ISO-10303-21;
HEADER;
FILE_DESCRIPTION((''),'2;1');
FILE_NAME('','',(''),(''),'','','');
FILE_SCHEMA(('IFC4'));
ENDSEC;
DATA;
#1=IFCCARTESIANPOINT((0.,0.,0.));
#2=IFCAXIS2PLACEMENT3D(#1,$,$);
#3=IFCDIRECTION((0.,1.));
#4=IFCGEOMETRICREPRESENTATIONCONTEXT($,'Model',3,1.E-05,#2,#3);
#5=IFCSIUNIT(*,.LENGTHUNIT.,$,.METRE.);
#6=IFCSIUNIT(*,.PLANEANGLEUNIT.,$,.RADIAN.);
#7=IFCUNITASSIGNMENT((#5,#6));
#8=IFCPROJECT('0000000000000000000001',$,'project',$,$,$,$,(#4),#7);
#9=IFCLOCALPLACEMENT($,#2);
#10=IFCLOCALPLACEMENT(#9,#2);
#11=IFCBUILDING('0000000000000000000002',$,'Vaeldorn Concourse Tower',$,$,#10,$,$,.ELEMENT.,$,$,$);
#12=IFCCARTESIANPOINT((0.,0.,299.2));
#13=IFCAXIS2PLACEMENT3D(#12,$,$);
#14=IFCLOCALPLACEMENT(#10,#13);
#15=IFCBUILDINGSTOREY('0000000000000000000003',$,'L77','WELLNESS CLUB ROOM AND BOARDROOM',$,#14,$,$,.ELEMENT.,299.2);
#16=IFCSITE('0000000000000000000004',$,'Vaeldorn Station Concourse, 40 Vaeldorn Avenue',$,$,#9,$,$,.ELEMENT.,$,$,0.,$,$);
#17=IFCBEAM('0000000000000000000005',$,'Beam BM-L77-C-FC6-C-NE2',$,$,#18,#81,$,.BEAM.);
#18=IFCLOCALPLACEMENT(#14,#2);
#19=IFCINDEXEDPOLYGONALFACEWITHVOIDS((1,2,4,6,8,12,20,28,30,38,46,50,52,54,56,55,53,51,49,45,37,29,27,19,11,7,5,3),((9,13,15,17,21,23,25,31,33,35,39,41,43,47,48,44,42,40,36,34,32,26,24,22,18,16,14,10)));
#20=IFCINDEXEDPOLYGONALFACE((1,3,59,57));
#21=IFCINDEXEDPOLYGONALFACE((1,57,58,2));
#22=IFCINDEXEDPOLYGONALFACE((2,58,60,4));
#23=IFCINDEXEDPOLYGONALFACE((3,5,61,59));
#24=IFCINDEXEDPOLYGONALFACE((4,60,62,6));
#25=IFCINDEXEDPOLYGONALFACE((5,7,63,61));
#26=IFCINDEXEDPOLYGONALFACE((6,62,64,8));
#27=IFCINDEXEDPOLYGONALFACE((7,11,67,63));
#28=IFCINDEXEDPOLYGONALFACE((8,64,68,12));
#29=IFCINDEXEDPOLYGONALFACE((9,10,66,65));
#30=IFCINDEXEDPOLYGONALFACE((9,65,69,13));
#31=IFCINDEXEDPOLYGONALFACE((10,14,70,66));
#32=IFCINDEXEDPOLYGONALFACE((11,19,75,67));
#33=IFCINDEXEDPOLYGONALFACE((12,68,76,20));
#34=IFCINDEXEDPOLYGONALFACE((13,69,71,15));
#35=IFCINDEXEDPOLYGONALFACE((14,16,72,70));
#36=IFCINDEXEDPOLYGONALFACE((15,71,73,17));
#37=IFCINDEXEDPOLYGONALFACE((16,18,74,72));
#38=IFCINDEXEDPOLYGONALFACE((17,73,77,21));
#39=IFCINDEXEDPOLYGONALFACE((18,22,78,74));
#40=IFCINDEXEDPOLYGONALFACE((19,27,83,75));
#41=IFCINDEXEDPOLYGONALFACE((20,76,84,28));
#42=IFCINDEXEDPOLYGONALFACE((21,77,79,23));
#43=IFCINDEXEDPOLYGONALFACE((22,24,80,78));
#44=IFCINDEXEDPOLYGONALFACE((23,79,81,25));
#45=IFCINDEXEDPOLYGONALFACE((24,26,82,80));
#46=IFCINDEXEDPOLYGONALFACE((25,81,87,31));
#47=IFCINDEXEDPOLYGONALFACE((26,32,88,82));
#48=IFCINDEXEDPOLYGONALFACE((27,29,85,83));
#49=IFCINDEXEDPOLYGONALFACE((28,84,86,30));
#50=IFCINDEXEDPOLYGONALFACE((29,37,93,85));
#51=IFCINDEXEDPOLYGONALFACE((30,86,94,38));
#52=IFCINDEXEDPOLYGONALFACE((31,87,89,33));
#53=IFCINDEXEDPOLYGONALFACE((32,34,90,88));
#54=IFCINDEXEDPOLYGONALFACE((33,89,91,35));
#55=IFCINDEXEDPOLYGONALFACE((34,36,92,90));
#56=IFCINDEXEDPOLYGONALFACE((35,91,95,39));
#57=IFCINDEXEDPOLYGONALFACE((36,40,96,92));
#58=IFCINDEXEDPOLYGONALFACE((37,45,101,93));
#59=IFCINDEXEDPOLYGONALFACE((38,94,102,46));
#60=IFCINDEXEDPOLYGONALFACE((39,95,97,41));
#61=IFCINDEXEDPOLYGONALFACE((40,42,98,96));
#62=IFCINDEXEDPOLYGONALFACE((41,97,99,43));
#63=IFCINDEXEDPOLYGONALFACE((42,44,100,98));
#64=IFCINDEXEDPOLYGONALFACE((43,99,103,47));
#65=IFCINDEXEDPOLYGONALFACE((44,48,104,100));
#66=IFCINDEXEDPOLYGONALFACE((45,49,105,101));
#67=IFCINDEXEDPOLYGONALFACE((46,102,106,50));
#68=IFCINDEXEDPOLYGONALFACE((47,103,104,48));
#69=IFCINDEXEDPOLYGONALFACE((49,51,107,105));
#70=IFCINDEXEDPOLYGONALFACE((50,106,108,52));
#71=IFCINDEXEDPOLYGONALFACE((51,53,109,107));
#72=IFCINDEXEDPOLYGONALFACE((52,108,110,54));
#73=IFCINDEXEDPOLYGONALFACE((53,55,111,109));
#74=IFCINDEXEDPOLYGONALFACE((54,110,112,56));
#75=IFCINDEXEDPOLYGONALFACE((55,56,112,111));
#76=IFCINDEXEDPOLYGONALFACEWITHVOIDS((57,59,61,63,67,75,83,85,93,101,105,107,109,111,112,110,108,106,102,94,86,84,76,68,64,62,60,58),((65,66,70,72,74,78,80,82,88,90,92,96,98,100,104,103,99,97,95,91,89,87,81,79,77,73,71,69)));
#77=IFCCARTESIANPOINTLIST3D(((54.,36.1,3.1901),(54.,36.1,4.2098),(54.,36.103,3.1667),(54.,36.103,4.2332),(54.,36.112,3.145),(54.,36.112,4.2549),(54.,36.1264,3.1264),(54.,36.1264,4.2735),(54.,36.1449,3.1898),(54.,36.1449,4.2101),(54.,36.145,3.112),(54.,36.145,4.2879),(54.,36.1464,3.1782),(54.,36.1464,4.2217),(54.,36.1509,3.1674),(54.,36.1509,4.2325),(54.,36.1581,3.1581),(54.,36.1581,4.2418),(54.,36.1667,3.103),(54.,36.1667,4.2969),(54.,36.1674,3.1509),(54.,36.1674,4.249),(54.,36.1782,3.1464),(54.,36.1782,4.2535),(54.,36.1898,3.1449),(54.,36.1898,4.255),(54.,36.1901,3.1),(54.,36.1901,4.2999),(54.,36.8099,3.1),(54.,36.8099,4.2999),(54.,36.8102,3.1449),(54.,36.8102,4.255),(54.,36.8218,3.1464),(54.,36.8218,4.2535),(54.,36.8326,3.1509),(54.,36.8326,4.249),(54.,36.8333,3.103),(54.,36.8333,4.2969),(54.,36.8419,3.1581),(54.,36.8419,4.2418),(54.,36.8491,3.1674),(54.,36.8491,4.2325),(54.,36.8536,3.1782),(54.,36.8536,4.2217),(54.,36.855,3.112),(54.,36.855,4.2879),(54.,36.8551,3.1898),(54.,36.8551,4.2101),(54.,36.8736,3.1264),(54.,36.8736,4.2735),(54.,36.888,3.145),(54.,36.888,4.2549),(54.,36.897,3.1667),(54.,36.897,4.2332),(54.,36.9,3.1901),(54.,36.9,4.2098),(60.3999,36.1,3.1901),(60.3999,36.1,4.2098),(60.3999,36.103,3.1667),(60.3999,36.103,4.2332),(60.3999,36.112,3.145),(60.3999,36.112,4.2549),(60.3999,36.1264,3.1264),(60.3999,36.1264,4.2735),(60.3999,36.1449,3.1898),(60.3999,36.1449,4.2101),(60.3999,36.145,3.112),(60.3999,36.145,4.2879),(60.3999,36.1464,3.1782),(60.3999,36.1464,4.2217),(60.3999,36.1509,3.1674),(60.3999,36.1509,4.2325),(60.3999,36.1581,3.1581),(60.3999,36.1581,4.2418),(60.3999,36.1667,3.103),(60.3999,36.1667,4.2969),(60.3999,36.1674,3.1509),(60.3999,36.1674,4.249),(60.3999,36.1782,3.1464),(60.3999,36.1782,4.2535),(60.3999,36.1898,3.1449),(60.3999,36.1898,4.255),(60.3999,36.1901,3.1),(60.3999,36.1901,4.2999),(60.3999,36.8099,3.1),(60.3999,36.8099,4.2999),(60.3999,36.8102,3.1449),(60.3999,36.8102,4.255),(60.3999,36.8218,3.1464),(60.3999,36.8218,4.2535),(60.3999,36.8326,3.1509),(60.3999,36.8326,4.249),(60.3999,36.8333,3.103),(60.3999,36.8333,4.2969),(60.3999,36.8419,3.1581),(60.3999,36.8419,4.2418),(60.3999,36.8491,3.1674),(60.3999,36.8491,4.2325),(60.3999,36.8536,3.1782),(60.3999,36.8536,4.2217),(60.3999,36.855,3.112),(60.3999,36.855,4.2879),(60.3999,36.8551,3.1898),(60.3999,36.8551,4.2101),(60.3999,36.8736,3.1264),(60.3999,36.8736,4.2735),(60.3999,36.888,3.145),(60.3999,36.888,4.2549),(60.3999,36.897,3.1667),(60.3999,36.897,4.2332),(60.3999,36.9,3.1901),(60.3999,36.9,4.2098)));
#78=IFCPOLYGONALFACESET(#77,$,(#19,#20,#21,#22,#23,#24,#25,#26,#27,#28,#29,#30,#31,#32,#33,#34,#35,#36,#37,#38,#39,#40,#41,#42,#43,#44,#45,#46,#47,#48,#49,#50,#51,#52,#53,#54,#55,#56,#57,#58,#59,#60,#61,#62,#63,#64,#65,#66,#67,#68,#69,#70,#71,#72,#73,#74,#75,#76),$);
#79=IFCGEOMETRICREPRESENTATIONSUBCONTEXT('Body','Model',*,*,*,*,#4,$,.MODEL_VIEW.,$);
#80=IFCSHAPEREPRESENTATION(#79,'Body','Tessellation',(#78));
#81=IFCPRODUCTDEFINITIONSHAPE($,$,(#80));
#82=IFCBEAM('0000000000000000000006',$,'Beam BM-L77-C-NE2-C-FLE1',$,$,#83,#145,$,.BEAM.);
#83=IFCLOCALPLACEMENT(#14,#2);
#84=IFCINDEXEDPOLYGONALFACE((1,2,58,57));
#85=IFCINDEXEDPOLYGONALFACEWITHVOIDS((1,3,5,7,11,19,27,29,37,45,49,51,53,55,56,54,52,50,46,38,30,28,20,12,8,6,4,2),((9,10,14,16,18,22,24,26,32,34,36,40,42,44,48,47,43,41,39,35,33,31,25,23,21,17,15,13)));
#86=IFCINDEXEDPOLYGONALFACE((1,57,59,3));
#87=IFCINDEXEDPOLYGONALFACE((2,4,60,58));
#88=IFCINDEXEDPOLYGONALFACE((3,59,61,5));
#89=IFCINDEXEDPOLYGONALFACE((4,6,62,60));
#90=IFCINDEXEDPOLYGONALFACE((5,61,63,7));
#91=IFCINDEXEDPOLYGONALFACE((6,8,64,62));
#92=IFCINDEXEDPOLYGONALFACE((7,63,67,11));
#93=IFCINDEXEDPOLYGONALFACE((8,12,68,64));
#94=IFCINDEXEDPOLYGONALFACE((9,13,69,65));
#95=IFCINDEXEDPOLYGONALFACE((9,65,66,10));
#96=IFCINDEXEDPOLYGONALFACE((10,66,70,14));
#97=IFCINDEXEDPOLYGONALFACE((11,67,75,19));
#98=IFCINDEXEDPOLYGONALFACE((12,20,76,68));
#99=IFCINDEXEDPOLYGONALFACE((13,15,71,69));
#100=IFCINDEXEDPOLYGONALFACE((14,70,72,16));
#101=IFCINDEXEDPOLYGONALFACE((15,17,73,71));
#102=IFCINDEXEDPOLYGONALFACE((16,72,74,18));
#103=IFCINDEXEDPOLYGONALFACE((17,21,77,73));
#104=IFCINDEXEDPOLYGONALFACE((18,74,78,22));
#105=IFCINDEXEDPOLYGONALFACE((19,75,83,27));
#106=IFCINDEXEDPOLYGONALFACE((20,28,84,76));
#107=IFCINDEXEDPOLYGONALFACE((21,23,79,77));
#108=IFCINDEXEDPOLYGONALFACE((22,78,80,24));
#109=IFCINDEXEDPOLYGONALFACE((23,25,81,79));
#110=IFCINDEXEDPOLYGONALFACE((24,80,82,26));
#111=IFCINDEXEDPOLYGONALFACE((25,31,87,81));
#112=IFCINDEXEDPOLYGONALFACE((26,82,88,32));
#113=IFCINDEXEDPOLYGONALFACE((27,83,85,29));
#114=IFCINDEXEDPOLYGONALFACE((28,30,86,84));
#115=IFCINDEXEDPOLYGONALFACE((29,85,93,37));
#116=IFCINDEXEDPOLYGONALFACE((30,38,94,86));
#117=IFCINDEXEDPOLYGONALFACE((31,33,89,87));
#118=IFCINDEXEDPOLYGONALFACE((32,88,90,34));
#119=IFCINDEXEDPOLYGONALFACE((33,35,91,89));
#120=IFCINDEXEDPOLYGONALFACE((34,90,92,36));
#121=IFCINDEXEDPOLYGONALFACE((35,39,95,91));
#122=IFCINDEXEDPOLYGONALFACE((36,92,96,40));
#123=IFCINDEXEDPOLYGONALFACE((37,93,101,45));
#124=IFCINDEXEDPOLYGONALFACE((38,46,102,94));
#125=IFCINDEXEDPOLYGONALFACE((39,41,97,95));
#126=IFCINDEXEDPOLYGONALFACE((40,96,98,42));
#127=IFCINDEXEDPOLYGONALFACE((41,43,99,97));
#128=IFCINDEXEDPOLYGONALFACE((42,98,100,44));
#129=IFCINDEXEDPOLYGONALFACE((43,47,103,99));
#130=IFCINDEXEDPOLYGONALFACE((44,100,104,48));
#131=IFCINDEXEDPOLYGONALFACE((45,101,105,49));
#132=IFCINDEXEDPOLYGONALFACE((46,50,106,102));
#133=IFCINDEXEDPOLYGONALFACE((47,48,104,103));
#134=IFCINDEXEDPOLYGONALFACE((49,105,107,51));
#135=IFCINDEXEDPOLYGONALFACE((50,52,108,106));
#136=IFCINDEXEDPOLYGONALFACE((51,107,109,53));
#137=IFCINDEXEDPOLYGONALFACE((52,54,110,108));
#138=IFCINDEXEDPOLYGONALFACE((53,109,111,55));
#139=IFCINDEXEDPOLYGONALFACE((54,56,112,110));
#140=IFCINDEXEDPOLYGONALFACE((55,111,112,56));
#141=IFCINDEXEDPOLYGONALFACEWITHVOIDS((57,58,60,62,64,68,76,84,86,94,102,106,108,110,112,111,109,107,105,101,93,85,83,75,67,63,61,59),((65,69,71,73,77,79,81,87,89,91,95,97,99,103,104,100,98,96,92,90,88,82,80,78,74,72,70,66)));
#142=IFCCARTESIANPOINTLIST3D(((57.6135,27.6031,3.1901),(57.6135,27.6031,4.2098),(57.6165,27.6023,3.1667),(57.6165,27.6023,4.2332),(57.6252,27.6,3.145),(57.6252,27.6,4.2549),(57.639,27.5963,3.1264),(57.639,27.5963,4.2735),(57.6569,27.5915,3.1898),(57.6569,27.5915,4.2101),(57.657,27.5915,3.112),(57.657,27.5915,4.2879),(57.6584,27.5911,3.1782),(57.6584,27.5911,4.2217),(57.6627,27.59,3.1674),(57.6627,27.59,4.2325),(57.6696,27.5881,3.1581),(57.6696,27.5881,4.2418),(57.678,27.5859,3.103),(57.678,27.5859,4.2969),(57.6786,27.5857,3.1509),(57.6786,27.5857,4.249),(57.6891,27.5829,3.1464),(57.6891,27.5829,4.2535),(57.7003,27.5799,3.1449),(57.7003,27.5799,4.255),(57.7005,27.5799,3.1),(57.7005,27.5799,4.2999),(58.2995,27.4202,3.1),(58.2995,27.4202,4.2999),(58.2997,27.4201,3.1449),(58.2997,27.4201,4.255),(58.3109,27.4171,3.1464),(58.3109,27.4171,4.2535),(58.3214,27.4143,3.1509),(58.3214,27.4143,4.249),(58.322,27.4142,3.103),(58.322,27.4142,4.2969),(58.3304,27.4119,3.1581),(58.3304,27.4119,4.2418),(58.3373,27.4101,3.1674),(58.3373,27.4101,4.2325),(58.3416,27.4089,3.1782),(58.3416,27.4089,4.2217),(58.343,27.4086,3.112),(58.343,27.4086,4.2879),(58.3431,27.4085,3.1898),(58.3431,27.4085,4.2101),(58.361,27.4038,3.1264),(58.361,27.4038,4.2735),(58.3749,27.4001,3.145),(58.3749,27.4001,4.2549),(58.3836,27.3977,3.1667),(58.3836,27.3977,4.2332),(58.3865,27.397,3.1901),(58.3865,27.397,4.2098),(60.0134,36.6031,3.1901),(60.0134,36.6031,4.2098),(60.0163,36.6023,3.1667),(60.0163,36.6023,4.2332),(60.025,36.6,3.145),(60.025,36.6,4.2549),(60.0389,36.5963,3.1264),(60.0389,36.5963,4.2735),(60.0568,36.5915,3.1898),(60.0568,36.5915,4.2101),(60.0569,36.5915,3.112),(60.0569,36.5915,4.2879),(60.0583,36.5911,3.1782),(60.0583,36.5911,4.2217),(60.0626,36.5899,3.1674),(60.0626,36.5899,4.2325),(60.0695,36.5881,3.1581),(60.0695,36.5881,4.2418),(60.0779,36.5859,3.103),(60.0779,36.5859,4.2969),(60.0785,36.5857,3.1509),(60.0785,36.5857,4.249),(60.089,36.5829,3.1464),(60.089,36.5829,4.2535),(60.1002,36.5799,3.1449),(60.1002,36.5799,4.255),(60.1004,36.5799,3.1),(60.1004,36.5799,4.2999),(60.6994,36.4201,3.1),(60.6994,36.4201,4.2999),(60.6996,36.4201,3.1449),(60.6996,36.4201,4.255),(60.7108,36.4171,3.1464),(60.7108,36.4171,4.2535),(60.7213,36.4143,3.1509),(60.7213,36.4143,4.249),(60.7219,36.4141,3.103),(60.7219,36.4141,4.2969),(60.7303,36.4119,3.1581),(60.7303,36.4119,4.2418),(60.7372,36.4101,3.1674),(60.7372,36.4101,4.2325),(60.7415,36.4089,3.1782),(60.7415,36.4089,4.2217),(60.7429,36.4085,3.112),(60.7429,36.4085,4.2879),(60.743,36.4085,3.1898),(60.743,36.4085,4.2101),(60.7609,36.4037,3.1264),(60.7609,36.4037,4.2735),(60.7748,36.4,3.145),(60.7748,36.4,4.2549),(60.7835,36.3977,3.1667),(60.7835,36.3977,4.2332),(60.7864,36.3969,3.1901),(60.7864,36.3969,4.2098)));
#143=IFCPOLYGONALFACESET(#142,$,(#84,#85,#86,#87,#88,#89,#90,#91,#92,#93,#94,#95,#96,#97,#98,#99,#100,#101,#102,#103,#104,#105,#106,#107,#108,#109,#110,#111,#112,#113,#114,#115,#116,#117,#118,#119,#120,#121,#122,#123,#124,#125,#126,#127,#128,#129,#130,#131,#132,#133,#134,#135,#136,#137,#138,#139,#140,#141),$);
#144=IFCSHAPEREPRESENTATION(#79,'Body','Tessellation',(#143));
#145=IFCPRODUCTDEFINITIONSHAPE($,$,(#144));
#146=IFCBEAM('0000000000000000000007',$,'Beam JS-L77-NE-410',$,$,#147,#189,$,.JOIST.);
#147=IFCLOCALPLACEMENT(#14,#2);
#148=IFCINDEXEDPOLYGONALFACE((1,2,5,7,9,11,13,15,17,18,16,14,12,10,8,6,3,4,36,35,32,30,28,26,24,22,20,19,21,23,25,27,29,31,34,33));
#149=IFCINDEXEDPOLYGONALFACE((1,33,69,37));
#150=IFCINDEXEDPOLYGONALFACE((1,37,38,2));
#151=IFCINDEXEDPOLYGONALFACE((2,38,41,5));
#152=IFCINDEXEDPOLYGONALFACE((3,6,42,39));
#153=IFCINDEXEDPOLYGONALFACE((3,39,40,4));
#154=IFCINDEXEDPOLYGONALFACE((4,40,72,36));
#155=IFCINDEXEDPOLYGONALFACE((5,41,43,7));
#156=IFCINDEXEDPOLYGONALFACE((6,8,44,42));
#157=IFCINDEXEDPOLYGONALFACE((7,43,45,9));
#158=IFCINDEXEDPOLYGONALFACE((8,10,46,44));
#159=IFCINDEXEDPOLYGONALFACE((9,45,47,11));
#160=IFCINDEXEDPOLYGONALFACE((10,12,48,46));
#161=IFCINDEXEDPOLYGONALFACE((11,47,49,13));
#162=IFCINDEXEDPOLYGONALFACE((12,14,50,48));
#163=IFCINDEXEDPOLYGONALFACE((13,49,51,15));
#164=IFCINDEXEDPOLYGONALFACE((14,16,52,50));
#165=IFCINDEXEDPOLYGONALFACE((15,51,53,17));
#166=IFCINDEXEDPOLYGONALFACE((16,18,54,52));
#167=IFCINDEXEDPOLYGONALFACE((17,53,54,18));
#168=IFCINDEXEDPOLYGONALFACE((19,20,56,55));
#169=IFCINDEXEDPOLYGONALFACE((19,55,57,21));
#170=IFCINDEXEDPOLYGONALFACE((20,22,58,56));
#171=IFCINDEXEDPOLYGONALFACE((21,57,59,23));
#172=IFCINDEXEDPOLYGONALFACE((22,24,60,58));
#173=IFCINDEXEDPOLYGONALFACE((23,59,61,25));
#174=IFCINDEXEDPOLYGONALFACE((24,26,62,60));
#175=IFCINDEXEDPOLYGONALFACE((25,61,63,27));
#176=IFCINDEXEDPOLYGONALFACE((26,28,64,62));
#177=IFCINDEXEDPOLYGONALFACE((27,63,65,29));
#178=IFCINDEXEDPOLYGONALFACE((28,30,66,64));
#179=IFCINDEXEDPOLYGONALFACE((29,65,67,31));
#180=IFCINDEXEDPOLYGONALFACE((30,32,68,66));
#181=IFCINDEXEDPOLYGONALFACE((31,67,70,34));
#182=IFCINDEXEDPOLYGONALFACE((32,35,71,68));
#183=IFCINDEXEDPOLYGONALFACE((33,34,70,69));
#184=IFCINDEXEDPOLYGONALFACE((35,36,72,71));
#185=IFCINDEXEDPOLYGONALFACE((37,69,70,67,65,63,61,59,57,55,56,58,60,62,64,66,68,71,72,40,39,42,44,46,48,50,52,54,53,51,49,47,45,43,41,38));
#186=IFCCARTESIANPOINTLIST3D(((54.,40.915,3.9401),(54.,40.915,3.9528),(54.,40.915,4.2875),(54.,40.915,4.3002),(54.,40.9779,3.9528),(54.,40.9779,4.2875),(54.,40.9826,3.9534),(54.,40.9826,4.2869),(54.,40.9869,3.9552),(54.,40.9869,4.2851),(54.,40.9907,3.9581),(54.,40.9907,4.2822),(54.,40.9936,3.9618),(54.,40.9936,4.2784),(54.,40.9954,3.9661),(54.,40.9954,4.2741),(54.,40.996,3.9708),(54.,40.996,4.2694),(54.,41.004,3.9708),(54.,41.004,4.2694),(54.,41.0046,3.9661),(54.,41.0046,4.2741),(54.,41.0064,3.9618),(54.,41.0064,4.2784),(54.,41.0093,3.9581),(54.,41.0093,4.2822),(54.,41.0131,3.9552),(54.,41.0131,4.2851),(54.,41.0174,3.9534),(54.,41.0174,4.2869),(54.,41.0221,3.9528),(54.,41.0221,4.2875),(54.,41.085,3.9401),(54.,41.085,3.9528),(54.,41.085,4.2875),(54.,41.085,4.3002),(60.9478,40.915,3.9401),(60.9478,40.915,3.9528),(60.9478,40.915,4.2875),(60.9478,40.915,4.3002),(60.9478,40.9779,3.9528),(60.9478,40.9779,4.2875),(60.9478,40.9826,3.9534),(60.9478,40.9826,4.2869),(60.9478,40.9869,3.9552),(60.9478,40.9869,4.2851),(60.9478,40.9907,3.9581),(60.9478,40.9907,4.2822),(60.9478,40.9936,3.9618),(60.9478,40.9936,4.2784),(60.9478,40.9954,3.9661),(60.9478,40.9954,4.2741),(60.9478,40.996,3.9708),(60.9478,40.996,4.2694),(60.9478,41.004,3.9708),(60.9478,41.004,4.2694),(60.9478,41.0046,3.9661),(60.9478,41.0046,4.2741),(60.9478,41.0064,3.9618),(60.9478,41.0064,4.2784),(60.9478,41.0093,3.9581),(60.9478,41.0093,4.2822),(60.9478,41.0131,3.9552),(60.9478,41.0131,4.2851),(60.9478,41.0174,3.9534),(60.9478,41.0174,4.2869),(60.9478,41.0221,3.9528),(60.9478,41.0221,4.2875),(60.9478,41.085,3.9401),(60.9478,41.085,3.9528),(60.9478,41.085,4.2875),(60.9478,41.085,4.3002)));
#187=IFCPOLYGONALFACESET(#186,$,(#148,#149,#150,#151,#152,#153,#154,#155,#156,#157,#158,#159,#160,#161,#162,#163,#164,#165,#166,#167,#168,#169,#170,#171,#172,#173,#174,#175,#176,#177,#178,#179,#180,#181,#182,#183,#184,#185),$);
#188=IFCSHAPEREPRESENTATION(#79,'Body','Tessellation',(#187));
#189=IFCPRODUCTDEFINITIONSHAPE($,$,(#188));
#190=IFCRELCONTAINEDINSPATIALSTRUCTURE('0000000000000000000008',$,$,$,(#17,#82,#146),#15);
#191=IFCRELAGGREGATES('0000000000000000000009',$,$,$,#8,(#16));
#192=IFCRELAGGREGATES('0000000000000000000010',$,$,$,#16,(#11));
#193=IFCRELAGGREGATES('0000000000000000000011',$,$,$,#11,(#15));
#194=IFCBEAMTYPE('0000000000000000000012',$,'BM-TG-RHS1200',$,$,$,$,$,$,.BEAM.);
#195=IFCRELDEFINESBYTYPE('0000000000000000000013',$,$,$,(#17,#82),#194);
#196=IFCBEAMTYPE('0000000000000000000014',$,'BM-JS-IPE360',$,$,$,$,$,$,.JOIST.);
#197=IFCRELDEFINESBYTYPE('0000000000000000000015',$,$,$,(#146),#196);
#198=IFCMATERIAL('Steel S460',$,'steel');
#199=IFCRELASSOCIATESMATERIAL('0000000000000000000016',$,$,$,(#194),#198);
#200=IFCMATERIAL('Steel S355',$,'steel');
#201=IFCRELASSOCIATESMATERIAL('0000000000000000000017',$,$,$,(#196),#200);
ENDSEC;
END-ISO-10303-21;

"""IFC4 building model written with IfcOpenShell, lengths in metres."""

from ifc_helpers import new_model, si_unit, direction, frame, origin, origin_2d, place, context, subcontext, project, spatial, hollow_rectangle, i_section, extrude, source, transform, mapped, material, material_profile, profile_set, type_object, element, save


model = new_model("IFC4")

# Units and contexts
model_context = context("Model", 3, precision=1e-05, world=origin(), true_north=direction((0.0, 1.0)))
body_context = subcontext(model_context, "Body", "Model", "MODEL_VIEW")
ifc_project = project(units=[si_unit("LENGTHUNIT", "METRE"), si_unit("PLANEANGLEUNIT", "RADIAN")], contexts=[model_context])

# Site, building, storey
site_placement = place(None, origin())
site = spatial("IfcSite", under=ifc_project, at=site_placement, Name="Vaeldorn Station Concourse, 40 Vaeldorn Avenue", CompositionType="ELEMENT", RefElevation=0.0)
building_placement = place(site_placement, origin())
building = spatial("IfcBuilding", under=site, at=building_placement, Name="Vaeldorn Concourse Tower", CompositionType="ELEMENT")
storey_placement = place(building_placement, frame((0.0, 0.0, 299.2)))
storey = spatial("IfcBuildingStorey", under=building, at=storey_placement, Name="L77", Description="WELLNESS CLUB ROOM AND BOARDROOM", CompositionType="ELEMENT", Elevation=299.2)

# Shared definitions
ifc_material_1 = material(Name="Steel S355", Category="steel")

# Beams
ifc_material_2 = material(Name="Steel S460", Category="steel")
ifc_material_profile_1 = material_profile(ifc_material_2, hollow_rectangle(XDim=0.8, YDim=1.2, WallThickness=0.0449, InnerFilletRadius=0.0449, OuterFilletRadius=0.0901, at=origin_2d()), Name="RHS 1200x800x45")
ifc_profile_set_1 = profile_set([ifc_material_profile_1], Name="Steel S460")
beam_type_1 = type_object("IfcBeamType", Name="BM-TG-RHS1200", PredefinedType="BEAM", material=ifc_profile_set_1)
shared_shape_1 = source(origin(), body_context, "Body", "SweptSolid", [
    extrude(hollow_rectangle(XDim=0.8, YDim=1.2, WallThickness=0.0449, InnerFilletRadius=0.0449, OuterFilletRadius=0.0901, at=origin_2d()), origin(), (0.0, 0.0, 1.0), 6.3999),
])
beam_1_placement = place(storey_placement, frame((54.0, 36.5, 3.7), z_axis=(1.0, 0.0, 0.0), x_axis=(0.0, 1.0, 0.0)))
element("IfcBeam", 1, at=beam_1_placement, inside=storey, type_object=beam_type_1, Name="Beam BM-L77-C-FC6-C-NE2", PredefinedType="BEAM", context=body_context, shape_type="MappedRepresentation", body=[
    mapped(shared_shape_1, transform((0.0, 0.0, 0.0), scale=1.0)),
])
shared_shape_2 = source(origin(), body_context, "Body", "SweptSolid", [
    extrude(hollow_rectangle(XDim=0.8, YDim=1.2, WallThickness=0.0449, InnerFilletRadius=0.0449, OuterFilletRadius=0.0901, at=origin_2d()), origin(), (0.0, 0.0, 1.0), 9.3145),
])
beam_2_placement = place(storey_placement, frame((60.3999, 36.5, 3.7), z_axis=(-0.257653, -0.966238, 0.0), x_axis=(0.966238, -0.257653, 0.0)))
element("IfcBeam", 2, at=beam_2_placement, inside=storey, type_object=beam_type_1, Name="Beam BM-L77-C-NE2-C-FLE1", PredefinedType="BEAM", context=body_context, shape_type="MappedRepresentation", body=[
    mapped(shared_shape_2, transform((0.0, 0.0, 0.0), scale=1.0)),
])
ifc_material_profile_2 = material_profile(ifc_material_1, i_section(OverallWidth=0.1699, OverallDepth=0.3601, WebThickness=0.0081, FlangeThickness=0.0127, FilletRadius=0.0181, at=origin_2d()), Name="IPE 360")
ifc_profile_set_2 = profile_set([ifc_material_profile_2], Name="Steel S355")
beam_type_2 = type_object("IfcBeamType", Name="BM-JS-IPE360", PredefinedType="JOIST", material=ifc_profile_set_2)
shared_shape_3 = source(origin(), body_context, "Body", "SweptSolid", [
    extrude(i_section(OverallWidth=0.1699, OverallDepth=0.3601, WebThickness=0.0081, FlangeThickness=0.0127, FilletRadius=0.0181, at=origin_2d()), origin(), (0.0, 0.0, 1.0), 6.9478),
])
beam_3_placement = place(storey_placement, frame((54.0, 41.0, 4.1201), z_axis=(1.0, 0.0, 0.0), x_axis=(0.0, 1.0, 0.0)))
element("IfcBeam", 3, at=beam_3_placement, inside=storey, type_object=beam_type_2, Name="Beam JS-L77-NE-410", PredefinedType="JOIST", context=body_context, shape_type="MappedRepresentation", body=[
    mapped(shared_shape_3, transform((0.0, 0.0, 0.0), scale=1.0)),
])

save(model, "model.ifc")
